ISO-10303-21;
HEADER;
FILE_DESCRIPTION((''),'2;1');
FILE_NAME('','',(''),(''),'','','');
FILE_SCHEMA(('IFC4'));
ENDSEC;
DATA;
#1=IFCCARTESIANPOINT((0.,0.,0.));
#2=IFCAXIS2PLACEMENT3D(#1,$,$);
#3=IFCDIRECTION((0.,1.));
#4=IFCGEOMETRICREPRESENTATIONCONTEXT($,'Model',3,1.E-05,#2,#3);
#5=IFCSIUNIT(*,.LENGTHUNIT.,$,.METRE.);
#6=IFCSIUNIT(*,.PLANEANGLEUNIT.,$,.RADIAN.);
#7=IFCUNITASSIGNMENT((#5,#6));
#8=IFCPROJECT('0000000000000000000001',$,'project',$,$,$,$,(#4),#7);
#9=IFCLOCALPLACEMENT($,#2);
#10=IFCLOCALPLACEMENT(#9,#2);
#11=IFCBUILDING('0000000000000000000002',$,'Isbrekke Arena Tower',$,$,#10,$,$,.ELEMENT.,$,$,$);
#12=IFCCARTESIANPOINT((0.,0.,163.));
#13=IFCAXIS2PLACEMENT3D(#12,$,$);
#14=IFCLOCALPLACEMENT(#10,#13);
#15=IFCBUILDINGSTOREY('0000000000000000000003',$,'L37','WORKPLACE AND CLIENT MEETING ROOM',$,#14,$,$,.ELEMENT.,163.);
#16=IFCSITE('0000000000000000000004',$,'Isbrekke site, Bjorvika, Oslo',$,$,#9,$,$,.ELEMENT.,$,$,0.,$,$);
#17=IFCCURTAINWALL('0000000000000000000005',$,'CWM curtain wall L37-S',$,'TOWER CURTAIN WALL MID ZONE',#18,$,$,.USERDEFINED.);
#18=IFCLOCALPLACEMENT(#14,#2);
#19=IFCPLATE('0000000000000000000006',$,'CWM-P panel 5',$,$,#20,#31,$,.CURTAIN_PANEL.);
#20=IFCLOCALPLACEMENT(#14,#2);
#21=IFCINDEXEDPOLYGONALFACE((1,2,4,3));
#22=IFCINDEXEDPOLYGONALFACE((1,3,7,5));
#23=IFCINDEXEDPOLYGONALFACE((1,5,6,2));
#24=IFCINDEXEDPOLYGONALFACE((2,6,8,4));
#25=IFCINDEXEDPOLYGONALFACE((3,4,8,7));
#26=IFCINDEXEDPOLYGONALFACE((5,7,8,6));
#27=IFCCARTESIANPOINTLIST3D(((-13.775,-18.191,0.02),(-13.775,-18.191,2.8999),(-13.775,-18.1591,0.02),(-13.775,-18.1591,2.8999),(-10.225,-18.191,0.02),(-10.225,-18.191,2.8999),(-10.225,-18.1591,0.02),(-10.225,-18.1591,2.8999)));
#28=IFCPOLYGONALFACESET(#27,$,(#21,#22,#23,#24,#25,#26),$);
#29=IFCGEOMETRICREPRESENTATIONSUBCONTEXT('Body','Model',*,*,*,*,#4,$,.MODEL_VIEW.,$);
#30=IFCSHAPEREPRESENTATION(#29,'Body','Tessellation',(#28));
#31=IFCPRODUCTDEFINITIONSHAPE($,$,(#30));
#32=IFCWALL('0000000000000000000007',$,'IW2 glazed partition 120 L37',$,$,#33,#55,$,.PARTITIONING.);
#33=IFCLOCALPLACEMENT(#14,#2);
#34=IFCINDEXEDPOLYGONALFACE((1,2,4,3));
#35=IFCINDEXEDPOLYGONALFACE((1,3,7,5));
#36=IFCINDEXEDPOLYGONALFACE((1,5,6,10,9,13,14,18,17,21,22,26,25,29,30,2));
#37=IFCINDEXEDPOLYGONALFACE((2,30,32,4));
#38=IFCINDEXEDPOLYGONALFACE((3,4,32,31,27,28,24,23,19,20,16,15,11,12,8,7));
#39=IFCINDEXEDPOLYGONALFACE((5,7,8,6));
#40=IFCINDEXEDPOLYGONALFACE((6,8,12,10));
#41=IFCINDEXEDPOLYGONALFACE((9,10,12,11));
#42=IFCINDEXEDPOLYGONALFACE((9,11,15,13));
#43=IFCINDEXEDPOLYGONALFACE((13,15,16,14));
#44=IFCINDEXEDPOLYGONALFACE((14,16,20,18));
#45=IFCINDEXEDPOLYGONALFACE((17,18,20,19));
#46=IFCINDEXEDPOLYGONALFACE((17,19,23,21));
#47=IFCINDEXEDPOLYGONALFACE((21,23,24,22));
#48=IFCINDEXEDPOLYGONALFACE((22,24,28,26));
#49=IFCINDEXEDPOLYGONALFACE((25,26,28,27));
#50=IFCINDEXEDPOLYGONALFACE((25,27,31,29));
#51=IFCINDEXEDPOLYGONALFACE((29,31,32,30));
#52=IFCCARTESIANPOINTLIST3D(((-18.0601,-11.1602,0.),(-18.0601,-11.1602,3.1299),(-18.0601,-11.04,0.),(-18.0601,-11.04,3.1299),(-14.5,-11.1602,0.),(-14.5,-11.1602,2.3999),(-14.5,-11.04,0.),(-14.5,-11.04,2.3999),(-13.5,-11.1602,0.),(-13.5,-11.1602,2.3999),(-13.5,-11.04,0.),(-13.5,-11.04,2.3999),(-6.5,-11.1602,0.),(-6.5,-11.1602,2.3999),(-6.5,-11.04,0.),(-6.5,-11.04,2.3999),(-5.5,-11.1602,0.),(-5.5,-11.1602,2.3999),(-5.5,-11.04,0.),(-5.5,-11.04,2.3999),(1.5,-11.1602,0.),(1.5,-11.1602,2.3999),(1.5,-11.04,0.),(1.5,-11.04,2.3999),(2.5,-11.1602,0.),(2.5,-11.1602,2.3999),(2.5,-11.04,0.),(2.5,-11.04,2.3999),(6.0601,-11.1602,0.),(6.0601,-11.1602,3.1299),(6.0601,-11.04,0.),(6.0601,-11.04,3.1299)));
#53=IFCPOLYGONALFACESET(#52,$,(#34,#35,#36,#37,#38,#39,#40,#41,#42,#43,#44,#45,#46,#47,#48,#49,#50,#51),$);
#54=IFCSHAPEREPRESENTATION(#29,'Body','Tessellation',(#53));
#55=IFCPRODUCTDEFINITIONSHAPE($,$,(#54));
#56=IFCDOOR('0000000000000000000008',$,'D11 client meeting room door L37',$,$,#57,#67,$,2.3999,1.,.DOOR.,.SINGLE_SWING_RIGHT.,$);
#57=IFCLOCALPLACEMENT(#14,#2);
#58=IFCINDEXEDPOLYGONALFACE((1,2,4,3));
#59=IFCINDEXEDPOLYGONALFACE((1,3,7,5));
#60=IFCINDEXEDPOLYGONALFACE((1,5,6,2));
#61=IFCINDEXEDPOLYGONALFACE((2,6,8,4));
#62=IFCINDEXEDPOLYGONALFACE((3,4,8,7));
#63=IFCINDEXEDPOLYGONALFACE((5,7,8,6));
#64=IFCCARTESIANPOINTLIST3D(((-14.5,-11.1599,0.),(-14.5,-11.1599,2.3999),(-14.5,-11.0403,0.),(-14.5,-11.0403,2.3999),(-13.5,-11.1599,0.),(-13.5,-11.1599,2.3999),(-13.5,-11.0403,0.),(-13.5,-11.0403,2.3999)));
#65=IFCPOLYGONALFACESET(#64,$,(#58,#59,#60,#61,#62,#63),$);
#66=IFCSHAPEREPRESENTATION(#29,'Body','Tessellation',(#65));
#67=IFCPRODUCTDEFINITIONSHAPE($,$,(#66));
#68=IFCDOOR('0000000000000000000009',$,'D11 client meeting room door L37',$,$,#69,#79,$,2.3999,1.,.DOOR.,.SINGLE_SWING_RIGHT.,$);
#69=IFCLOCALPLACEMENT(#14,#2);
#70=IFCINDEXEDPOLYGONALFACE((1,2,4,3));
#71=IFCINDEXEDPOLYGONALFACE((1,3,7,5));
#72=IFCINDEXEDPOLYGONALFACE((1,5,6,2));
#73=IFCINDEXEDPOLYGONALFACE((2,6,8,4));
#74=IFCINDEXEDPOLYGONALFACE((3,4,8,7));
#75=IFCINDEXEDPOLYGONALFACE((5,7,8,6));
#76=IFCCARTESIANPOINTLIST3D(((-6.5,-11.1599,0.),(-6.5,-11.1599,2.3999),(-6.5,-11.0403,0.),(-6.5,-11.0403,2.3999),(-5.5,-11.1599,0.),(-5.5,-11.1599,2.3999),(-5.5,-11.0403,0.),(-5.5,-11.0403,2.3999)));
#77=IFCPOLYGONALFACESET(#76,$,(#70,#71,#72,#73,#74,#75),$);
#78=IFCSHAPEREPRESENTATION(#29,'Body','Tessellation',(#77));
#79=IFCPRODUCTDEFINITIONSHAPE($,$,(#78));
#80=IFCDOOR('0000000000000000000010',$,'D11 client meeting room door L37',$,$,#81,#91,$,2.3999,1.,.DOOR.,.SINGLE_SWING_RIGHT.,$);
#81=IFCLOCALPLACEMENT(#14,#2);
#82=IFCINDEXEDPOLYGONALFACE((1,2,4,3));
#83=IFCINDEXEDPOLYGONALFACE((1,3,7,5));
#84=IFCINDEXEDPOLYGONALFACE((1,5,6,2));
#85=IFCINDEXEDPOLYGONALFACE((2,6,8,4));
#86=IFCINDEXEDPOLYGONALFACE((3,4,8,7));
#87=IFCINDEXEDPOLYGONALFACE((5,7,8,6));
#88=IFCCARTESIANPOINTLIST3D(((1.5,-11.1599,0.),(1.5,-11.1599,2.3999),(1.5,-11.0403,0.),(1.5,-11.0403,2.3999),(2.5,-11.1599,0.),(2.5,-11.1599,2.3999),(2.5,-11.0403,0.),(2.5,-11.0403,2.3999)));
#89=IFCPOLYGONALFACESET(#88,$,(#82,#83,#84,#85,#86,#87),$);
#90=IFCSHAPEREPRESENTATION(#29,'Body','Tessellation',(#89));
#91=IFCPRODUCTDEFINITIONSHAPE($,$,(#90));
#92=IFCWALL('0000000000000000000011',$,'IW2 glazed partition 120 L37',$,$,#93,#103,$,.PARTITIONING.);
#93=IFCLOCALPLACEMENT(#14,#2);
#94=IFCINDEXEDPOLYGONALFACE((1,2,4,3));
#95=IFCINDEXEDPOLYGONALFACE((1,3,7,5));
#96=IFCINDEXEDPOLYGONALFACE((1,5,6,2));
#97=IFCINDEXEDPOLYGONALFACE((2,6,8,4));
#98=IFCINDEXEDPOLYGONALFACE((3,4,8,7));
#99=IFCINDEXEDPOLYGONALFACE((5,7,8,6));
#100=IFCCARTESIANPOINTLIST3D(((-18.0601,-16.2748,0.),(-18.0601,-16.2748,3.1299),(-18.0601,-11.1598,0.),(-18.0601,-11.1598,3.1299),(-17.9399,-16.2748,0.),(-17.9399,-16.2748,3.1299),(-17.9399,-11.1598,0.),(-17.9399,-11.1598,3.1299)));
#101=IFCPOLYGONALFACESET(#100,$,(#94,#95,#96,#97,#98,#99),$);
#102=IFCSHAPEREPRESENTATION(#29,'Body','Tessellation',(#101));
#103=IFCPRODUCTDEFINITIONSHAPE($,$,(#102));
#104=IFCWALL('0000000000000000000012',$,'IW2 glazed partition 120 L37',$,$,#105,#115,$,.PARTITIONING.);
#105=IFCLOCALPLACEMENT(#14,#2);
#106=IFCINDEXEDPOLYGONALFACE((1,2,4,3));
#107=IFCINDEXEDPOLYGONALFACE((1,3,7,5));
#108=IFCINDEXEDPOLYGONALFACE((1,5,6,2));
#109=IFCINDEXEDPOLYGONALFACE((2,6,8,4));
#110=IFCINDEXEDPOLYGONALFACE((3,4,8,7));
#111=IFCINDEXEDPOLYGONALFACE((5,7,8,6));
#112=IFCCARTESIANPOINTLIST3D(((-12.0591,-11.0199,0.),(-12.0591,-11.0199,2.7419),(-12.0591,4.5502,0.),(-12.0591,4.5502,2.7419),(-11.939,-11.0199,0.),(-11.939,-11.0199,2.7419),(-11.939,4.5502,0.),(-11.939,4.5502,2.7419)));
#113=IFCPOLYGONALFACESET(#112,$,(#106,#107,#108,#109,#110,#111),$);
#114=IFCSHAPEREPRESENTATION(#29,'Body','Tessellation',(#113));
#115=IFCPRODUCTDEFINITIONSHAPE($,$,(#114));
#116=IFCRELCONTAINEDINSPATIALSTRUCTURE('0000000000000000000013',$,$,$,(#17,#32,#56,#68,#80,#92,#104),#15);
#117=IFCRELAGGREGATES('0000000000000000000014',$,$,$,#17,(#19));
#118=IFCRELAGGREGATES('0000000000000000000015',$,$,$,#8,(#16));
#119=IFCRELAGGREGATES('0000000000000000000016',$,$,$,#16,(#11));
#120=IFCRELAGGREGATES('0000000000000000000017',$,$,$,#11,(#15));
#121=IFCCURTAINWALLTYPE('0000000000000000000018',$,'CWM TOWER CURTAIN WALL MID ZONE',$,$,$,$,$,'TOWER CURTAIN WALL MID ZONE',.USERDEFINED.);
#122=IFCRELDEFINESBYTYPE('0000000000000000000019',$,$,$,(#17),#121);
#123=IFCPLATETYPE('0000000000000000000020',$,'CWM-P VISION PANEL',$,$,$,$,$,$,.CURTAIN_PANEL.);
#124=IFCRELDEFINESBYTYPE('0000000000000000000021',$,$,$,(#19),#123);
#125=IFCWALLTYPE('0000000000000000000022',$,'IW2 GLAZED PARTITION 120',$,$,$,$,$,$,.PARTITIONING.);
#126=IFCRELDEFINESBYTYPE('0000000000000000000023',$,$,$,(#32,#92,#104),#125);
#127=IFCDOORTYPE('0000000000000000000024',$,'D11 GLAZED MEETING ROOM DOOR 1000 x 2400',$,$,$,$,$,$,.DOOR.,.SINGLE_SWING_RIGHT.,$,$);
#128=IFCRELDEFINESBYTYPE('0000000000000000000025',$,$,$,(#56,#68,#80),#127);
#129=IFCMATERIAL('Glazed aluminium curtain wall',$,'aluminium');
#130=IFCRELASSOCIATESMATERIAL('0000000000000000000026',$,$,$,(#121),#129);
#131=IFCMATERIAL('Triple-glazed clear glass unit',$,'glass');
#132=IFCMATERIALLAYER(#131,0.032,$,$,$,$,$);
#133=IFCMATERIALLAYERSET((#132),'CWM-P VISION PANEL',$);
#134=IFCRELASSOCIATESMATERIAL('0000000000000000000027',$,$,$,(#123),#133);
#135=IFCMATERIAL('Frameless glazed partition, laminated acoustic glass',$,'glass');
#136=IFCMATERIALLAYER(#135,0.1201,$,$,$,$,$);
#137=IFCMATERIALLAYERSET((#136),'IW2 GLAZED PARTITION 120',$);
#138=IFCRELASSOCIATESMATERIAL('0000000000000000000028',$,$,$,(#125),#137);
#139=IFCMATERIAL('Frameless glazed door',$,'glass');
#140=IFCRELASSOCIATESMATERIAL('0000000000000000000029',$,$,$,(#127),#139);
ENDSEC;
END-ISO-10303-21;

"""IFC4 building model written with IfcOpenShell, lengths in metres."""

from ifc_helpers import new_model, si_unit, direction, frame, frame_2d, origin, origin_2d, place, context, subcontext, project, spatial, rectangle, extrude, material, layer, layer_set, type_object, element, fill, aggregate, save


model = new_model("IFC4")

# Units and contexts
model_context = context("Model", 3, precision=1e-05, world=origin(), true_north=direction((0.0, 1.0)))
body_context = subcontext(model_context, "Body", "Model", "MODEL_VIEW")
ifc_project = project(units=[si_unit("LENGTHUNIT", "METRE"), si_unit("PLANEANGLEUNIT", "RADIAN")], contexts=[model_context])

# Site, building, storey
site_placement = place(None, origin())
site = spatial("IfcSite", under=ifc_project, at=site_placement, Name="Isbrekke site, Bjorvika, Oslo", CompositionType="ELEMENT", RefElevation=0.0)
building_placement = place(site_placement, origin())
building = spatial("IfcBuilding", under=site, at=building_placement, Name="Isbrekke Arena Tower", CompositionType="ELEMENT")
storey_placement = place(building_placement, frame((0.0, 0.0, 163.0)))
storey = spatial("IfcBuildingStorey", under=building, at=storey_placement, Name="L37", Description="WORKPLACE AND CLIENT MEETING ROOM", CompositionType="ELEMENT", Elevation=163.0)

# Curtain wall
ifc_material_1 = material(Name="Glazed aluminium curtain wall", Category="aluminium")
curtain_wall_type = type_object("IfcCurtainWallType", Name="CWM TOWER CURTAIN WALL MID ZONE", ElementType="TOWER CURTAIN WALL MID ZONE", PredefinedType="USERDEFINED", material=ifc_material_1)
curtain_wall_placement = place(storey_placement, origin())
curtain_wall = element("IfcCurtainWall", 1, at=curtain_wall_placement, inside=storey, type_object=curtain_wall_type, Name="CWM curtain wall L37-S", ObjectType="TOWER CURTAIN WALL MID ZONE", PredefinedType="USERDEFINED")

# Plate
ifc_material_2 = material(Name="Triple-glazed clear glass unit", Category="glass")
ifc_layer_1 = layer(ifc_material_2, 0.032)
ifc_layer_set_1 = layer_set([ifc_layer_1], Name="CWM-P VISION PANEL")
plate_type = type_object("IfcPlateType", Name="CWM-P VISION PANEL", PredefinedType="CURTAIN_PANEL", material=ifc_layer_set_1)
plate_1_placement = place(storey_placement, frame((-12.0, -18.175, 0.02), z_axis=(0.0, 0.0, 1.0), x_axis=(1.0, 0.0, 0.0)))
plate_1 = element("IfcPlate", 2, at=plate_1_placement, type_object=plate_type, Name="CWM-P panel 5", PredefinedType="CURTAIN_PANEL", context=body_context, shape_type="SweptSolid", body=[
    extrude(rectangle(XDim=3.55, YDim=0.032, at=origin_2d()), origin(), (0.0, 0.0, 1.0), 2.8799),
])
aggregate(curtain_wall, [plate_1])

# Wall, openings, doors
ifc_material_3 = material(Name="Frameless glazed partition, laminated acoustic glass", Category="glass")
ifc_layer_2 = layer(ifc_material_3, 0.1201)
ifc_layer_set_2 = layer_set([ifc_layer_2], Name="IW2 GLAZED PARTITION 120")
wall_type = type_object("IfcWallType", Name="IW2 GLAZED PARTITION 120", PredefinedType="PARTITIONING", material=ifc_layer_set_2)
wall_1_placement = place(storey_placement, frame((-18.0601, -11.1001, 0.0), z_axis=(0.0, 0.0, 1.0), x_axis=(1.0, 0.0, 0.0)))
wall_1 = element("IfcWall", 3, at=wall_1_placement, inside=storey, type_object=wall_type, Name="IW2 glazed partition 120 L37", PredefinedType="PARTITIONING", context=body_context, shape_type="SweptSolid", body=[
    extrude(rectangle(XDim=24.1201, YDim=0.1201, at=frame_2d((12.0601, 0.0))), origin(), (0.0, 0.0, 1.0), 3.1299),
])
opening_1_placement = place(wall_1_placement, frame((3.5601, 0.0, 0.0)))
opening_1 = element("IfcOpeningElement", 4, at=opening_1_placement, cuts=wall_1, PredefinedType="OPENING", context=body_context, shape_type="SweptSolid", body=[
    extrude(rectangle(XDim=1.0, YDim=2.3999, at=frame_2d((0.5, 1.2))), frame((0.0, 0.075, 0.0), z_axis=(0.0, -1.0, 0.0), x_axis=(1.0, 0.0, 0.0)), (0.0, 0.0, 1.0), 0.1499),
])
opening_2_placement = place(wall_1_placement, frame((11.5601, 0.0, 0.0)))
opening_2 = element("IfcOpeningElement", 5, at=opening_2_placement, cuts=wall_1, PredefinedType="OPENING", context=body_context, shape_type="SweptSolid", body=[
    extrude(rectangle(XDim=1.0, YDim=2.3999, at=frame_2d((0.5, 1.2))), frame((0.0, 0.075, 0.0), z_axis=(0.0, -1.0, 0.0), x_axis=(1.0, 0.0, 0.0)), (0.0, 0.0, 1.0), 0.1499),
])
opening_3_placement = place(wall_1_placement, frame((19.5601, 0.0, 0.0)))
opening_3 = element("IfcOpeningElement", 6, at=opening_3_placement, cuts=wall_1, PredefinedType="OPENING", context=body_context, shape_type="SweptSolid", body=[
    extrude(rectangle(XDim=1.0, YDim=2.3999, at=frame_2d((0.5, 1.2))), frame((0.0, 0.075, 0.0), z_axis=(0.0, -1.0, 0.0), x_axis=(1.0, 0.0, 0.0)), (0.0, 0.0, 1.0), 0.1499),
])
ifc_material_4 = material(Name="Frameless glazed door", Category="glass")
door_type = type_object("IfcDoorType", Name="D11 GLAZED MEETING ROOM DOOR 1000 x 2400", OperationType="SINGLE_SWING_RIGHT", PredefinedType="DOOR", material=ifc_material_4)
door_1_placement = place(opening_1_placement, origin())
door_1 = element("IfcDoor", 7, at=door_1_placement, inside=storey, type_object=door_type, Name="D11 client meeting room door L37", OperationType="SINGLE_SWING_RIGHT", OverallHeight=2.3999, OverallWidth=1.0, PredefinedType="DOOR", context=body_context, shape_type="SweptSolid", body=[
    extrude(rectangle(XDim=1.0, YDim=2.3999, at=frame_2d((0.5, 1.2))), frame((0.0, 0.0598, 0.0), z_axis=(0.0, -1.0, 0.0), x_axis=(1.0, 0.0, 0.0)), (0.0, 0.0, 1.0), 0.1196),
])
fill(opening_1, door_1)
door_2_placement = place(opening_2_placement, origin())
door_2 = element("IfcDoor", 8, at=door_2_placement, inside=storey, type_object=door_type, Name="D11 client meeting room door L37", OperationType="SINGLE_SWING_RIGHT", OverallHeight=2.3999, OverallWidth=1.0, PredefinedType="DOOR", context=body_context, shape_type="SweptSolid", body=[
    extrude(rectangle(XDim=1.0, YDim=2.3999, at=frame_2d((0.5, 1.2))), frame((0.0, 0.0598, 0.0), z_axis=(0.0, -1.0, 0.0), x_axis=(1.0, 0.0, 0.0)), (0.0, 0.0, 1.0), 0.1196),
])
fill(opening_2, door_2)
door_3_placement = place(opening_3_placement, origin())
door_3 = element("IfcDoor", 9, at=door_3_placement, inside=storey, type_object=door_type, Name="D11 client meeting room door L37", OperationType="SINGLE_SWING_RIGHT", OverallHeight=2.3999, OverallWidth=1.0, PredefinedType="DOOR", context=body_context, shape_type="SweptSolid", body=[
    extrude(rectangle(XDim=1.0, YDim=2.3999, at=frame_2d((0.5, 1.2))), frame((0.0, 0.0598, 0.0), z_axis=(0.0, -1.0, 0.0), x_axis=(1.0, 0.0, 0.0)), (0.0, 0.0, 1.0), 0.1196),
])
fill(opening_3, door_3)

# Walls
wall_2_placement = place(storey_placement, frame((-18.0, -16.2749, 0.0), z_axis=(0.0, 0.0, 1.0), x_axis=(0.0, 1.0, 0.0)))
element("IfcWall", 10, at=wall_2_placement, inside=storey, type_object=wall_type, Name="IW2 glazed partition 120 L37", PredefinedType="PARTITIONING", context=body_context, shape_type="SweptSolid", body=[
    extrude(rectangle(XDim=5.115, YDim=0.1201, at=frame_2d((2.5576, 0.0))), origin(), (0.0, 0.0, 1.0), 3.1299),
])
wall_3_placement = place(storey_placement, frame((-11.999, -11.02, 0.0), z_axis=(0.0, 0.0, 1.0), x_axis=(0.0, 1.0, 0.0)))
element("IfcWall", 11, at=wall_3_placement, inside=storey, type_object=wall_type, Name="IW2 glazed partition 120 L37", PredefinedType="PARTITIONING", context=body_context, shape_type="SweptSolid", body=[
    extrude(rectangle(XDim=15.5701, YDim=0.1201, at=frame_2d((7.7852, 0.0))), origin(), (0.0, 0.0, 1.0), 2.7419),
])

save(model, "model.ifc")
